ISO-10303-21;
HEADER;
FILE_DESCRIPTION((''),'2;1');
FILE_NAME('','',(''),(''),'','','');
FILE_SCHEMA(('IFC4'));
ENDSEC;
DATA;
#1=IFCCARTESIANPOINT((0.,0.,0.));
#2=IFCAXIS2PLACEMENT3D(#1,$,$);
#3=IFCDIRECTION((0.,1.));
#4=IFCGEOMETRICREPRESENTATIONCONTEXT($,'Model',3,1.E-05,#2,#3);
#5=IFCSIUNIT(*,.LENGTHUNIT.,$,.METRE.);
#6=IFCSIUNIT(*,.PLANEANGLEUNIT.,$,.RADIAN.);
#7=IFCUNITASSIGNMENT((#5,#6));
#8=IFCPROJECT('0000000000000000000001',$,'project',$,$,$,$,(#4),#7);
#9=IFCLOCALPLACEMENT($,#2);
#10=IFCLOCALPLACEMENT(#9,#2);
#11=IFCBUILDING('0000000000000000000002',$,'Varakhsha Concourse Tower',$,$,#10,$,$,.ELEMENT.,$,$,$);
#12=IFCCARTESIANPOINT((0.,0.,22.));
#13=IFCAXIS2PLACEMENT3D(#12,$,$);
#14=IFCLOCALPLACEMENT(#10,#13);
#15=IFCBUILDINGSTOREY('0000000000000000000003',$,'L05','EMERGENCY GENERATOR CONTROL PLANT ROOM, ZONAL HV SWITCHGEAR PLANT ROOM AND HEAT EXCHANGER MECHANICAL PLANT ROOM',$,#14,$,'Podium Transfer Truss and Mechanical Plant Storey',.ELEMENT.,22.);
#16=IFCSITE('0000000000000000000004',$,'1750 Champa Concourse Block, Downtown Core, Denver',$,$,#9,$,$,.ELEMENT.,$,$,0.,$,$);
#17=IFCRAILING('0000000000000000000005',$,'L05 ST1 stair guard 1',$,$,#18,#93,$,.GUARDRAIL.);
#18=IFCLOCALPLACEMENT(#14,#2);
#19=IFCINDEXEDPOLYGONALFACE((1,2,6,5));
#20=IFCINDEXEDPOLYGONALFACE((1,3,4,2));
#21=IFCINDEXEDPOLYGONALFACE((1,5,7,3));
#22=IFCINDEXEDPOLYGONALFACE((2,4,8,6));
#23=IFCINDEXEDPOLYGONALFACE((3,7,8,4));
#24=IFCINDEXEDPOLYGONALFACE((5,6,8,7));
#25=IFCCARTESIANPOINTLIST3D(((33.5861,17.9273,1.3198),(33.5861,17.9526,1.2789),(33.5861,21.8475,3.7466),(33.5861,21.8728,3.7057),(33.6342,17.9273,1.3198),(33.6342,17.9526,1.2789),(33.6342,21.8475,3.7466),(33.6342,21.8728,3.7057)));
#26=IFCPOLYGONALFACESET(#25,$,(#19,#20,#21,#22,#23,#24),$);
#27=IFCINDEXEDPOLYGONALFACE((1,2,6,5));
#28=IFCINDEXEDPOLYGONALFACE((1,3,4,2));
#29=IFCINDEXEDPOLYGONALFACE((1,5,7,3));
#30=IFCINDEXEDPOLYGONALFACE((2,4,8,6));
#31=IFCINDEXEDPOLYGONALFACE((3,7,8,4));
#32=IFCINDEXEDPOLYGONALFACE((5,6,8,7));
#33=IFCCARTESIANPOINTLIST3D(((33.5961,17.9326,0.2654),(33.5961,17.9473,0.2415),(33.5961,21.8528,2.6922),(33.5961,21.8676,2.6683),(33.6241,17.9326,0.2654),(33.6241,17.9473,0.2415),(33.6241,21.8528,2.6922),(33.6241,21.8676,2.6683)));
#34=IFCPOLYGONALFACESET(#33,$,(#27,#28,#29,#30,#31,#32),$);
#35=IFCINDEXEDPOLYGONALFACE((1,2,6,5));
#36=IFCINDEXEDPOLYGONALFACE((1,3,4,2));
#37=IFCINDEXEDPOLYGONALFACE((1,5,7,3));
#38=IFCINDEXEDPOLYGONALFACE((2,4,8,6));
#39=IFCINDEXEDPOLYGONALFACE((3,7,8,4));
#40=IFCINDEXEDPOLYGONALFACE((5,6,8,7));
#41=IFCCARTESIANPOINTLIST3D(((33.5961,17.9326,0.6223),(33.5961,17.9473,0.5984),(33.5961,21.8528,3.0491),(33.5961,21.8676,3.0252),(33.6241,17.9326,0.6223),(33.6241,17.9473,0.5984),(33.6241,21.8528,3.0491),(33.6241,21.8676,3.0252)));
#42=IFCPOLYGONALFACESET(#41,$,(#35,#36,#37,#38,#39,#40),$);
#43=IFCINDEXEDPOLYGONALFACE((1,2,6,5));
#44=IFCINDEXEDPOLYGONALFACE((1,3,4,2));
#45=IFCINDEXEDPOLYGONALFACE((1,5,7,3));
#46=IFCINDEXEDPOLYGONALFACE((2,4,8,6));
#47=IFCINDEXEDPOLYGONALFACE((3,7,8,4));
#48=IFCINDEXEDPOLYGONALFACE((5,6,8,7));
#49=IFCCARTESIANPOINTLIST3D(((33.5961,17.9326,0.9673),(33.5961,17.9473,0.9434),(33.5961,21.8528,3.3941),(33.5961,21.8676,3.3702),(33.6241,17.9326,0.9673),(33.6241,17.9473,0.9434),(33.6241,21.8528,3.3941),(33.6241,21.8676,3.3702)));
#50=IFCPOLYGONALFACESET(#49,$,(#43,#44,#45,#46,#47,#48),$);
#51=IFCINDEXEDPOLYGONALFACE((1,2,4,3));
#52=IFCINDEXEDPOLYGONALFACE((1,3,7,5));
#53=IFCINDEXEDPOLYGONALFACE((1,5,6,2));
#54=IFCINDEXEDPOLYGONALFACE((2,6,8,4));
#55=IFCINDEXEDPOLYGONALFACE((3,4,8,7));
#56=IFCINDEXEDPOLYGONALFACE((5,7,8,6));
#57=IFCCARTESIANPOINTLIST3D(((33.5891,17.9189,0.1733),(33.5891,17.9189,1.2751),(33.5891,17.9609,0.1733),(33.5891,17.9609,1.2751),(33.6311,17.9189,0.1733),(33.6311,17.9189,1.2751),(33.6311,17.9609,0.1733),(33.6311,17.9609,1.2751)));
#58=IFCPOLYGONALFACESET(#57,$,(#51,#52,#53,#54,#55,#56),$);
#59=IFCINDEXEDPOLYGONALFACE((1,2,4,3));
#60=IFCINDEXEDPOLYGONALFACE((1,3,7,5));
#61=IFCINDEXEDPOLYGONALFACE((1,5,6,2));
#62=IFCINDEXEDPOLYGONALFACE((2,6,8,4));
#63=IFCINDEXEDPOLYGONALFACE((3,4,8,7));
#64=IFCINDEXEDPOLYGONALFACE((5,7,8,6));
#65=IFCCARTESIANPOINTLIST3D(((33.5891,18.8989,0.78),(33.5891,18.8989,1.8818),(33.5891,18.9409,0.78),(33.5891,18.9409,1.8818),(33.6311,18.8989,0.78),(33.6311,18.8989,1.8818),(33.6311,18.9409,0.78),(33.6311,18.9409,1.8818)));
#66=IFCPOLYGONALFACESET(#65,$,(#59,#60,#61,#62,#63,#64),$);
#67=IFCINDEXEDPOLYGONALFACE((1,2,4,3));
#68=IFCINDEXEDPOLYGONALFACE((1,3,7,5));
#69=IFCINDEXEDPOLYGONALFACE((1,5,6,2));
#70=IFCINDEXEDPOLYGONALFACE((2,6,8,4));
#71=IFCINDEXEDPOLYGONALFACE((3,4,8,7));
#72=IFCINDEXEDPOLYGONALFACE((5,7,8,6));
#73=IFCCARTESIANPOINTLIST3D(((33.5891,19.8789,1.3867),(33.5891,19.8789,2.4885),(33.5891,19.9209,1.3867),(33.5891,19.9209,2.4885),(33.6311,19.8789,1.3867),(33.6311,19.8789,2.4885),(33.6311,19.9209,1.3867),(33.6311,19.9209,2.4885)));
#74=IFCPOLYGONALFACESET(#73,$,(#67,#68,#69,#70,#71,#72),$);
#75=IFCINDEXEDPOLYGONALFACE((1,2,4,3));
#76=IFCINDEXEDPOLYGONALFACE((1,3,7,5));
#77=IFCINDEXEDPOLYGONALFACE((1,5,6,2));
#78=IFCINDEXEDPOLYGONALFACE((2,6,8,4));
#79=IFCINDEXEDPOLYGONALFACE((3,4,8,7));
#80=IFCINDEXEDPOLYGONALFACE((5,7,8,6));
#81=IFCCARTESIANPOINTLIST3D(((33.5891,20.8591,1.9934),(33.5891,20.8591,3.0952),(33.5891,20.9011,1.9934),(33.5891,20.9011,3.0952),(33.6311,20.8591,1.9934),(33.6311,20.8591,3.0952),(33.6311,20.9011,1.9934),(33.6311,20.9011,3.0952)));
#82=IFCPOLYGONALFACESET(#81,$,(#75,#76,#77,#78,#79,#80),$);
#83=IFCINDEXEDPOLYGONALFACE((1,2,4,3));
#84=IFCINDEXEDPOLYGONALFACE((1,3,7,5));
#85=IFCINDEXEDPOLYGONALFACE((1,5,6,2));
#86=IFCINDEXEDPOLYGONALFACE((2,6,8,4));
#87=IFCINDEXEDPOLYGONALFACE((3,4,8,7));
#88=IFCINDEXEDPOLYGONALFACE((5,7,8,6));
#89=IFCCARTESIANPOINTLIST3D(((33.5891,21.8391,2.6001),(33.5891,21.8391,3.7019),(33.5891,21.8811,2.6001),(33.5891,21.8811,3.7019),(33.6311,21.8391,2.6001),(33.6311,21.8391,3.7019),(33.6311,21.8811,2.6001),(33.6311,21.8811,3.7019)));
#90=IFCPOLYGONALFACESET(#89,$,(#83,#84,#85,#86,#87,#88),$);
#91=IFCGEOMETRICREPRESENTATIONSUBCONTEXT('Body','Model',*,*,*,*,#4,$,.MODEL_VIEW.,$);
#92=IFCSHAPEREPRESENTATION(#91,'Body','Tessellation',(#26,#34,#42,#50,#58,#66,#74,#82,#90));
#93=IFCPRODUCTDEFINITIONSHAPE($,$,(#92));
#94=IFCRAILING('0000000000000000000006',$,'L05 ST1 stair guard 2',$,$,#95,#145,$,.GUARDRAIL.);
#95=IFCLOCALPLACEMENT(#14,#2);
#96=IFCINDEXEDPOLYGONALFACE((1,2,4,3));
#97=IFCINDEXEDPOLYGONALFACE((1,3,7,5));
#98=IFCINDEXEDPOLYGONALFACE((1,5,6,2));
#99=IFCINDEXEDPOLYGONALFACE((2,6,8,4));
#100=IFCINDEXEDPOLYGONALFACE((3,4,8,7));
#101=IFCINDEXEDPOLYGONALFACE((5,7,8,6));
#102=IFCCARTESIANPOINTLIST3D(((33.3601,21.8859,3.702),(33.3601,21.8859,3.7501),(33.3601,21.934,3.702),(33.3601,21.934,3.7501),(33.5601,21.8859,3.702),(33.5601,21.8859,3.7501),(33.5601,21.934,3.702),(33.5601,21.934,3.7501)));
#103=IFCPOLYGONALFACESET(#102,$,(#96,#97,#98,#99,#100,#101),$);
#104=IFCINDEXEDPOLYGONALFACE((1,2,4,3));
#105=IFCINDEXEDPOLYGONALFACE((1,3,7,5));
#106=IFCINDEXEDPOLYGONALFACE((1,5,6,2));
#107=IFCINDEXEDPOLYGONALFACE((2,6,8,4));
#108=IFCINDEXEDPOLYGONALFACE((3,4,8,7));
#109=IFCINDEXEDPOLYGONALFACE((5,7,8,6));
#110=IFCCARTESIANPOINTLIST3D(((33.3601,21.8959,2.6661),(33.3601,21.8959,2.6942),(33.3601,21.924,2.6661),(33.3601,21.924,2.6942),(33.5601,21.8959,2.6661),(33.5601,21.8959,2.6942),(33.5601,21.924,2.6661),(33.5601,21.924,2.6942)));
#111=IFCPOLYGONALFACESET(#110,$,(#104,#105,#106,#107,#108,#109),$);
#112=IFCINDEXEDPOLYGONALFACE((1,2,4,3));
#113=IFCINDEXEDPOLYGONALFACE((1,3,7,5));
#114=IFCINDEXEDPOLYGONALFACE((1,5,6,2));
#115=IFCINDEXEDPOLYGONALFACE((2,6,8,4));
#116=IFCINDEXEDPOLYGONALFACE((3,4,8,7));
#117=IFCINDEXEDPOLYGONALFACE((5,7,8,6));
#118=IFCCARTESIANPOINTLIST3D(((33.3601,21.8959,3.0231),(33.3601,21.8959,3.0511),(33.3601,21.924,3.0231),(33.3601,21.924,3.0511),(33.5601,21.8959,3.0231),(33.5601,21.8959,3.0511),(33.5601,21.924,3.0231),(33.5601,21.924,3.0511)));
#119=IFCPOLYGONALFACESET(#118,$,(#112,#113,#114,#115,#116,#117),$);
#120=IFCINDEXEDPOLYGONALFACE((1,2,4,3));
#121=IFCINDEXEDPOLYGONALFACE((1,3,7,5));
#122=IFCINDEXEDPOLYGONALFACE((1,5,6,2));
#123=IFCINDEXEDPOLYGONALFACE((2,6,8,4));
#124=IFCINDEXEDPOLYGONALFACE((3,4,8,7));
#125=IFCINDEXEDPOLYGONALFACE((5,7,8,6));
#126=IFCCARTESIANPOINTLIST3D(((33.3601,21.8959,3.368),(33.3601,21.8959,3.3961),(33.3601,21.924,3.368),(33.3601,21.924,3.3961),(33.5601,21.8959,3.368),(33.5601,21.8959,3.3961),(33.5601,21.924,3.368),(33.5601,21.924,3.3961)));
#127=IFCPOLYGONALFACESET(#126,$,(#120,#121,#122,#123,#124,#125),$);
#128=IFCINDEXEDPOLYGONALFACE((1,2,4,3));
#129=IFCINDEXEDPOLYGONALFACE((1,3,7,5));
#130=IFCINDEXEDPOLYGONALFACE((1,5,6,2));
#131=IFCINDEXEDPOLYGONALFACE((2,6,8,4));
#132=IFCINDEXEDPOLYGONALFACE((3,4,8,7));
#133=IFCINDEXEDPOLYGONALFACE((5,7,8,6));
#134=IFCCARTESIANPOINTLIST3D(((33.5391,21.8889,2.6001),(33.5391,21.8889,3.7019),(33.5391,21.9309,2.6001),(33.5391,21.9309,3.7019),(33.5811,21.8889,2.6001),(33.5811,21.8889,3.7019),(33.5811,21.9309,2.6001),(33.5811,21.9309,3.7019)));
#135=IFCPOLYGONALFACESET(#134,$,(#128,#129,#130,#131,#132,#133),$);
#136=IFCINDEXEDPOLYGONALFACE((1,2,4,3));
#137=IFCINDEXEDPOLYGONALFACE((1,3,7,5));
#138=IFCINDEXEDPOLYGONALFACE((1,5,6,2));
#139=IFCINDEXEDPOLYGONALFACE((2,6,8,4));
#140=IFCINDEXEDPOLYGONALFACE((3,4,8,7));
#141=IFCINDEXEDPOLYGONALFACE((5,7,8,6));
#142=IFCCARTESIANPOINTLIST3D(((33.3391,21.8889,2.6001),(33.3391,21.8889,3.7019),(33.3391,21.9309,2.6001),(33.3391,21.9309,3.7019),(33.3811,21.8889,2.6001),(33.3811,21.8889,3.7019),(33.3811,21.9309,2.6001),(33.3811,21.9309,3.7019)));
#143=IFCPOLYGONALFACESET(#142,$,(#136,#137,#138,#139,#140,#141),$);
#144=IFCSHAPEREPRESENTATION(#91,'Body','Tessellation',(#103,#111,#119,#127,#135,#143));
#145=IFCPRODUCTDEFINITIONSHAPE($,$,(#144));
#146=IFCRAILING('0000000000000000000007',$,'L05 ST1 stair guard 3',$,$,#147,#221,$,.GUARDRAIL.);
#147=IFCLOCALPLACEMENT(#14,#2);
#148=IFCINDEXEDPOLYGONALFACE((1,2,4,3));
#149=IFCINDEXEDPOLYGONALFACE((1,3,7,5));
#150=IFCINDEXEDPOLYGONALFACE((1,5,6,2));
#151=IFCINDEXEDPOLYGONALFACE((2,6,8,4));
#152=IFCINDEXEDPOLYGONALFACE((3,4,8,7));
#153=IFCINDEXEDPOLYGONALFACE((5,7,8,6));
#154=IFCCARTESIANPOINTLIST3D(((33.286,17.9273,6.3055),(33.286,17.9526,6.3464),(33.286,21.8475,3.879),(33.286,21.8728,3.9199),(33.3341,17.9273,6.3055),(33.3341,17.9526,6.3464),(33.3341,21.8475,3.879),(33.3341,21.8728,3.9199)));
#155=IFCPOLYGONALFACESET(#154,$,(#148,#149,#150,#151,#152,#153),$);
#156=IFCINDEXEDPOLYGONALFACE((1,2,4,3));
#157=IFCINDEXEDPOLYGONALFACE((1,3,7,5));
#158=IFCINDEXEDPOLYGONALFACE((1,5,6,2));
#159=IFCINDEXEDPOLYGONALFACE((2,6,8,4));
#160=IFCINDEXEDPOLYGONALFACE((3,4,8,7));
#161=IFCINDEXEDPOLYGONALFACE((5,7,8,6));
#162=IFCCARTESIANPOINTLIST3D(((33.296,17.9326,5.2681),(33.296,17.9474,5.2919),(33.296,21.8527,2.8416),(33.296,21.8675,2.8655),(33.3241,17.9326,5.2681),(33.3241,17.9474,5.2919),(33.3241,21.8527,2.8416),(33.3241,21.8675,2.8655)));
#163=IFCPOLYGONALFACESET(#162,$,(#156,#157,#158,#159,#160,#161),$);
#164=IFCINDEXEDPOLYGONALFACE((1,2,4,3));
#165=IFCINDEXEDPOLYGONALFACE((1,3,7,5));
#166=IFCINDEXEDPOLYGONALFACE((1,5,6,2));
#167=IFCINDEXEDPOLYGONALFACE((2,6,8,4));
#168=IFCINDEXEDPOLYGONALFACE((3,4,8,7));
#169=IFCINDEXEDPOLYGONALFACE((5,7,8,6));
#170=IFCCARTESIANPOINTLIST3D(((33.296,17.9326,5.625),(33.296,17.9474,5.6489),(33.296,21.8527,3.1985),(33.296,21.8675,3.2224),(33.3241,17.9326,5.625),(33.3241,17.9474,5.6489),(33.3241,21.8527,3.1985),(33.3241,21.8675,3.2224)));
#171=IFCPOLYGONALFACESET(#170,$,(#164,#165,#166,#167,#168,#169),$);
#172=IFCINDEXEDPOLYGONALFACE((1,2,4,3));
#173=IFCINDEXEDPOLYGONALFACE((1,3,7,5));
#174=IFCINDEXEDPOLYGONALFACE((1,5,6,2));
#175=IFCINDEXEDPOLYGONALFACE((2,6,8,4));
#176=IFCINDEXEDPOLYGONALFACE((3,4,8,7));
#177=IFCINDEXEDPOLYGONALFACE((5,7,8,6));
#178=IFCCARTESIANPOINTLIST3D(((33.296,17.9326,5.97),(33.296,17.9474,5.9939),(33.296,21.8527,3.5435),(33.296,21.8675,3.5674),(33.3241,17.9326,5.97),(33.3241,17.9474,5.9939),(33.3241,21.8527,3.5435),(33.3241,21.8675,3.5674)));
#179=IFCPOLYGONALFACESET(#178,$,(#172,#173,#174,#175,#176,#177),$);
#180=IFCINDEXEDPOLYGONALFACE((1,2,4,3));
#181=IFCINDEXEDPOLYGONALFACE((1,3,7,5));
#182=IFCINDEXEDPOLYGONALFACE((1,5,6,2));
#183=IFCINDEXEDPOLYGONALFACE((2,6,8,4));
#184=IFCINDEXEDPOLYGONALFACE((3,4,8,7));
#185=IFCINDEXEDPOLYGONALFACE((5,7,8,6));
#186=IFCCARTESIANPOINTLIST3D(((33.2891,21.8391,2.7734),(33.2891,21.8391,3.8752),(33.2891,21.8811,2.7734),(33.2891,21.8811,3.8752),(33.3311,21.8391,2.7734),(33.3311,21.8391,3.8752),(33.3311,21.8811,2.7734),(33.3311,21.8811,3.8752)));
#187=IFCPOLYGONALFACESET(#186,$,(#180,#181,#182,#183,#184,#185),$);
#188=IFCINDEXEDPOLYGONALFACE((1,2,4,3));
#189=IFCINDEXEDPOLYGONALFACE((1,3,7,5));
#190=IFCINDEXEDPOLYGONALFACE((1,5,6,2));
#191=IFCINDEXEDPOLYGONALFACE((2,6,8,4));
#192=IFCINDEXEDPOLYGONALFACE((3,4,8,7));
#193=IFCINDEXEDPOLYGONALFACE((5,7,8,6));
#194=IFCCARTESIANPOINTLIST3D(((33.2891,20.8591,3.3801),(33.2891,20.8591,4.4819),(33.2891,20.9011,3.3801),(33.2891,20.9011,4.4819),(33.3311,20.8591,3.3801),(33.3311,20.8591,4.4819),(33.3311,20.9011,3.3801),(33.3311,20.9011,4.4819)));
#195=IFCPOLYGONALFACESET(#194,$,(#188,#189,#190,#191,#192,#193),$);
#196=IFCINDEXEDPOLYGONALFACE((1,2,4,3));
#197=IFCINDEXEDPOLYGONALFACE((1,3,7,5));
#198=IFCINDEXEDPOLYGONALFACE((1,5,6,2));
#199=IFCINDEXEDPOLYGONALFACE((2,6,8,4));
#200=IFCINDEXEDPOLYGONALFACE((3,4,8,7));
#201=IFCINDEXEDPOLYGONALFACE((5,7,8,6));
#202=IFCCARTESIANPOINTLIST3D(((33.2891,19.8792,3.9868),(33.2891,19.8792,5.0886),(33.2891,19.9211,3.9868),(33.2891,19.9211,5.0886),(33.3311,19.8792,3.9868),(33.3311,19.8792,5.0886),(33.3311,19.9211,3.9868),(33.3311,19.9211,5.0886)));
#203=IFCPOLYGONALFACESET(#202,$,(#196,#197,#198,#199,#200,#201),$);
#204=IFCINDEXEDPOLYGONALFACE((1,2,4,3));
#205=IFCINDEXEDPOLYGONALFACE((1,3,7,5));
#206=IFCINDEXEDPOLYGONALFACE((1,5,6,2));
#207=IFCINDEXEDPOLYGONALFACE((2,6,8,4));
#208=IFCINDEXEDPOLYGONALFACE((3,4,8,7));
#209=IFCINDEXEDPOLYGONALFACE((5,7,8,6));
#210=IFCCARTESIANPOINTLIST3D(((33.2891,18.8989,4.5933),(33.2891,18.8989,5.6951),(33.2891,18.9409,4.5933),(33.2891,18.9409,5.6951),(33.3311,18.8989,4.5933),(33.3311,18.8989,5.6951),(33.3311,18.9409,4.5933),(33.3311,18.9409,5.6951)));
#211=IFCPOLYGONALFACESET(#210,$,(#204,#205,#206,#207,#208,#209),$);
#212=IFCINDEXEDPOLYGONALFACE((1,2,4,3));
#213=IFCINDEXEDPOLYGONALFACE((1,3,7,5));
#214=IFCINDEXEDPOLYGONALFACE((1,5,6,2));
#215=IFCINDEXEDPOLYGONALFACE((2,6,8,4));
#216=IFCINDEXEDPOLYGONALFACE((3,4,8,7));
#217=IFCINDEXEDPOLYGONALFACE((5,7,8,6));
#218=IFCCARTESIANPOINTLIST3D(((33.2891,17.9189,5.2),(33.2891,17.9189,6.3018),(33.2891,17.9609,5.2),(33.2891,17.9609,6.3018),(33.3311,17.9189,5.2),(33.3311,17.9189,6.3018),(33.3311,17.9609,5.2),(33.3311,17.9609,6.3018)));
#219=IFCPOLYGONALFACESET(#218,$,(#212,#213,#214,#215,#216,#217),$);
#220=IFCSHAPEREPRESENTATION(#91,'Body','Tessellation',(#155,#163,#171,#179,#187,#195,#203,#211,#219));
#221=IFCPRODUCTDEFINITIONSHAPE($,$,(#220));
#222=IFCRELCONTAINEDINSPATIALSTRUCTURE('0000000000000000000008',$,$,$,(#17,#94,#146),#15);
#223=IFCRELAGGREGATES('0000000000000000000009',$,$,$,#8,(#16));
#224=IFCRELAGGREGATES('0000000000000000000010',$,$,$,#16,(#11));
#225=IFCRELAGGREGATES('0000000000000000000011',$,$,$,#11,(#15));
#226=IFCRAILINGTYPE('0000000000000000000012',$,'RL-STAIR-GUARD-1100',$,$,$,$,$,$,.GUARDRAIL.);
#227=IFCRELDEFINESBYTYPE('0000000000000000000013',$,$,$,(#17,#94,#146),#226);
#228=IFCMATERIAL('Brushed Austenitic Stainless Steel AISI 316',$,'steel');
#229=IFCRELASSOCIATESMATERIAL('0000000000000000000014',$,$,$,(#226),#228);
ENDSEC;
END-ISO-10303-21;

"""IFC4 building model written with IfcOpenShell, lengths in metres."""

from ifc_helpers import new_model, si_unit, direction, frame, origin, origin_2d, place, context, subcontext, project, spatial, rectangle, extrude, material, type_object, element, save


model = new_model("IFC4")

# Units and contexts
model_context = context("Model", 3, precision=1e-05, world=origin(), true_north=direction((0.0, 1.0)))
body_context = subcontext(model_context, "Body", "Model", "MODEL_VIEW")
ifc_project = project(units=[si_unit("LENGTHUNIT", "METRE"), si_unit("PLANEANGLEUNIT", "RADIAN")], contexts=[model_context])

# Site, building, storey
site_placement = place(None, origin())
site = spatial("IfcSite", under=ifc_project, at=site_placement, Name="1750 Champa Concourse Block, Downtown Core, Denver", CompositionType="ELEMENT", RefElevation=0.0)
building_placement = place(site_placement, origin())
building = spatial("IfcBuilding", under=site, at=building_placement, Name="Varakhsha Concourse Tower", CompositionType="ELEMENT")
storey_placement = place(building_placement, frame((0.0, 0.0, 22.0)))
storey = spatial("IfcBuildingStorey", under=building, at=storey_placement, Name="L05", Description="EMERGENCY GENERATOR CONTROL PLANT ROOM, ZONAL HV SWITCHGEAR PLANT ROOM AND HEAT EXCHANGER MECHANICAL PLANT ROOM", LongName="Podium Transfer Truss and Mechanical Plant Storey", CompositionType="ELEMENT", Elevation=22.0)

# Shared definitions
ifc_material_1 = material(Name="Brushed Austenitic Stainless Steel AISI 316", Category="steel")

# Railings
railing_type_1 = type_object("IfcRailingType", Name="RL-STAIR-GUARD-1100", PredefinedType="GUARDRAIL", material=ifc_material_1)
railing_1_placement = place(storey_placement, frame((33.6101, 17.9399, 0.1733)))
element("IfcRailing", 1, at=railing_1_placement, inside=storey, type_object=railing_type_1, Name="L05 ST1 stair guard 1", PredefinedType="GUARDRAIL", context=body_context, shape_type="SweptSolid", body=[
    extrude(rectangle(XDim=0.0481, YDim=0.0481, at=origin_2d()), frame((0.0, 0.0, 1.126), z_axis=(0.0, 0.850266, 0.526353), x_axis=(-1.0, 0.0, 0.0)), (0.0, 0.0, 1.0), 4.6106),
    extrude(rectangle(XDim=0.0281, YDim=0.0281, at=origin_2d()), frame((0.0, 0.0, 0.0801), z_axis=(0.0, 0.850266, 0.526353), x_axis=(-1.0, 0.0, 0.0)), (0.0, 0.0, 1.0), 4.6106),
    extrude(rectangle(XDim=0.0281, YDim=0.0281, at=origin_2d()), frame((0.0, 0.0, 0.437), z_axis=(0.0, 0.850266, 0.526353), x_axis=(-1.0, 0.0, 0.0)), (0.0, 0.0, 1.0), 4.6106),
    extrude(rectangle(XDim=0.0281, YDim=0.0281, at=origin_2d()), frame((0.0, 0.0, 0.782), z_axis=(0.0, 0.850266, 0.526353), x_axis=(-1.0, 0.0, 0.0)), (0.0, 0.0, 1.0), 4.6106),
    extrude(rectangle(XDim=0.042, YDim=0.042, at=origin_2d()), origin(), (0.0, 0.0, 1.0), 1.1018),
    extrude(rectangle(XDim=0.042, YDim=0.042, at=origin_2d()), frame((0.0, 0.98, 0.6067)), (0.0, 0.0, 1.0), 1.1018),
    extrude(rectangle(XDim=0.042, YDim=0.042, at=origin_2d()), frame((0.0, 1.96, 1.2134)), (0.0, 0.0, 1.0), 1.1018),
    extrude(rectangle(XDim=0.042, YDim=0.042, at=origin_2d()), frame((0.0, 2.9402, 1.8201)), (0.0, 0.0, 1.0), 1.1018),
    extrude(rectangle(XDim=0.042, YDim=0.042, at=origin_2d()), frame((0.0, 3.9202, 2.4268)), (0.0, 0.0, 1.0), 1.1018),
])
railing_2_placement = place(storey_placement, frame((33.5601, 21.9099, 2.6001)))
element("IfcRailing", 2, at=railing_2_placement, inside=storey, type_object=railing_type_1, Name="L05 ST1 stair guard 2", PredefinedType="GUARDRAIL", context=body_context, shape_type="SweptSolid", body=[
    extrude(rectangle(XDim=0.0481, YDim=0.0481, at=origin_2d()), frame((0.0, 0.0, 1.126), z_axis=(-1.0, 0.0, 0.0), x_axis=(0.0, -1.0, 0.0)), (0.0, 0.0, 1.0), 0.2),
    extrude(rectangle(XDim=0.0281, YDim=0.0281, at=origin_2d()), frame((0.0, 0.0, 0.0801), z_axis=(-1.0, 0.0, 0.0), x_axis=(0.0, -1.0, 0.0)), (0.0, 0.0, 1.0), 0.2),
    extrude(rectangle(XDim=0.0281, YDim=0.0281, at=origin_2d()), frame((0.0, 0.0, 0.437), z_axis=(-1.0, 0.0, 0.0), x_axis=(0.0, -1.0, 0.0)), (0.0, 0.0, 1.0), 0.2),
    extrude(rectangle(XDim=0.0281, YDim=0.0281, at=origin_2d()), frame((0.0, 0.0, 0.782), z_axis=(-1.0, 0.0, 0.0), x_axis=(0.0, -1.0, 0.0)), (0.0, 0.0, 1.0), 0.2),
    extrude(rectangle(XDim=0.042, YDim=0.042, at=origin_2d()), origin(), (0.0, 0.0, 1.0), 1.1018),
    extrude(rectangle(XDim=0.042, YDim=0.042, at=origin_2d()), frame((-0.2, 0.0, 0.0)), (0.0, 0.0, 1.0), 1.1018),
])
railing_3_placement = place(storey_placement, frame((33.3101, 21.8601, 2.7734)))
element("IfcRailing", 3, at=railing_3_placement, inside=storey, type_object=railing_type_1, Name="L05 ST1 stair guard 3", PredefinedType="GUARDRAIL", context=body_context, shape_type="SweptSolid", body=[
    extrude(rectangle(XDim=0.0481, YDim=0.0481, at=origin_2d()), frame((0.0, 0.0, 1.126), z_axis=(0.0, -0.85029, 0.526315), x_axis=(1.0, 0.0, 0.0)), (0.0, 0.0, 1.0), 4.6104),
    extrude(rectangle(XDim=0.0281, YDim=0.0281, at=origin_2d()), frame((0.0, 0.0, 0.0801), z_axis=(0.0, -0.85029, 0.526315), x_axis=(1.0, 0.0, 0.0)), (0.0, 0.0, 1.0), 4.6104),
    extrude(rectangle(XDim=0.0281, YDim=0.0281, at=origin_2d()), frame((0.0, 0.0, 0.437), z_axis=(0.0, -0.85029, 0.526315), x_axis=(1.0, 0.0, 0.0)), (0.0, 0.0, 1.0), 4.6104),
    extrude(rectangle(XDim=0.0281, YDim=0.0281, at=origin_2d()), frame((0.0, 0.0, 0.782), z_axis=(0.0, -0.85029, 0.526315), x_axis=(1.0, 0.0, 0.0)), (0.0, 0.0, 1.0), 4.6104),
    extrude(rectangle(XDim=0.042, YDim=0.042, at=origin_2d()), origin(), (0.0, 0.0, 1.0), 1.1018),
    extrude(rectangle(XDim=0.042, YDim=0.042, at=origin_2d()), frame((0.0, -0.98, 0.6067)), (0.0, 0.0, 1.0), 1.1018),
    extrude(rectangle(XDim=0.042, YDim=0.042, at=origin_2d()), frame((0.0, -1.96, 1.2134)), (0.0, 0.0, 1.0), 1.1018),
    extrude(rectangle(XDim=0.042, YDim=0.042, at=origin_2d()), frame((0.0, -2.9402, 1.8198)), (0.0, 0.0, 1.0), 1.1018),
    extrude(rectangle(XDim=0.042, YDim=0.042, at=origin_2d()), frame((0.0, -3.9202, 2.4265)), (0.0, 0.0, 1.0), 1.1018),
])

save(model, "model.ifc")
